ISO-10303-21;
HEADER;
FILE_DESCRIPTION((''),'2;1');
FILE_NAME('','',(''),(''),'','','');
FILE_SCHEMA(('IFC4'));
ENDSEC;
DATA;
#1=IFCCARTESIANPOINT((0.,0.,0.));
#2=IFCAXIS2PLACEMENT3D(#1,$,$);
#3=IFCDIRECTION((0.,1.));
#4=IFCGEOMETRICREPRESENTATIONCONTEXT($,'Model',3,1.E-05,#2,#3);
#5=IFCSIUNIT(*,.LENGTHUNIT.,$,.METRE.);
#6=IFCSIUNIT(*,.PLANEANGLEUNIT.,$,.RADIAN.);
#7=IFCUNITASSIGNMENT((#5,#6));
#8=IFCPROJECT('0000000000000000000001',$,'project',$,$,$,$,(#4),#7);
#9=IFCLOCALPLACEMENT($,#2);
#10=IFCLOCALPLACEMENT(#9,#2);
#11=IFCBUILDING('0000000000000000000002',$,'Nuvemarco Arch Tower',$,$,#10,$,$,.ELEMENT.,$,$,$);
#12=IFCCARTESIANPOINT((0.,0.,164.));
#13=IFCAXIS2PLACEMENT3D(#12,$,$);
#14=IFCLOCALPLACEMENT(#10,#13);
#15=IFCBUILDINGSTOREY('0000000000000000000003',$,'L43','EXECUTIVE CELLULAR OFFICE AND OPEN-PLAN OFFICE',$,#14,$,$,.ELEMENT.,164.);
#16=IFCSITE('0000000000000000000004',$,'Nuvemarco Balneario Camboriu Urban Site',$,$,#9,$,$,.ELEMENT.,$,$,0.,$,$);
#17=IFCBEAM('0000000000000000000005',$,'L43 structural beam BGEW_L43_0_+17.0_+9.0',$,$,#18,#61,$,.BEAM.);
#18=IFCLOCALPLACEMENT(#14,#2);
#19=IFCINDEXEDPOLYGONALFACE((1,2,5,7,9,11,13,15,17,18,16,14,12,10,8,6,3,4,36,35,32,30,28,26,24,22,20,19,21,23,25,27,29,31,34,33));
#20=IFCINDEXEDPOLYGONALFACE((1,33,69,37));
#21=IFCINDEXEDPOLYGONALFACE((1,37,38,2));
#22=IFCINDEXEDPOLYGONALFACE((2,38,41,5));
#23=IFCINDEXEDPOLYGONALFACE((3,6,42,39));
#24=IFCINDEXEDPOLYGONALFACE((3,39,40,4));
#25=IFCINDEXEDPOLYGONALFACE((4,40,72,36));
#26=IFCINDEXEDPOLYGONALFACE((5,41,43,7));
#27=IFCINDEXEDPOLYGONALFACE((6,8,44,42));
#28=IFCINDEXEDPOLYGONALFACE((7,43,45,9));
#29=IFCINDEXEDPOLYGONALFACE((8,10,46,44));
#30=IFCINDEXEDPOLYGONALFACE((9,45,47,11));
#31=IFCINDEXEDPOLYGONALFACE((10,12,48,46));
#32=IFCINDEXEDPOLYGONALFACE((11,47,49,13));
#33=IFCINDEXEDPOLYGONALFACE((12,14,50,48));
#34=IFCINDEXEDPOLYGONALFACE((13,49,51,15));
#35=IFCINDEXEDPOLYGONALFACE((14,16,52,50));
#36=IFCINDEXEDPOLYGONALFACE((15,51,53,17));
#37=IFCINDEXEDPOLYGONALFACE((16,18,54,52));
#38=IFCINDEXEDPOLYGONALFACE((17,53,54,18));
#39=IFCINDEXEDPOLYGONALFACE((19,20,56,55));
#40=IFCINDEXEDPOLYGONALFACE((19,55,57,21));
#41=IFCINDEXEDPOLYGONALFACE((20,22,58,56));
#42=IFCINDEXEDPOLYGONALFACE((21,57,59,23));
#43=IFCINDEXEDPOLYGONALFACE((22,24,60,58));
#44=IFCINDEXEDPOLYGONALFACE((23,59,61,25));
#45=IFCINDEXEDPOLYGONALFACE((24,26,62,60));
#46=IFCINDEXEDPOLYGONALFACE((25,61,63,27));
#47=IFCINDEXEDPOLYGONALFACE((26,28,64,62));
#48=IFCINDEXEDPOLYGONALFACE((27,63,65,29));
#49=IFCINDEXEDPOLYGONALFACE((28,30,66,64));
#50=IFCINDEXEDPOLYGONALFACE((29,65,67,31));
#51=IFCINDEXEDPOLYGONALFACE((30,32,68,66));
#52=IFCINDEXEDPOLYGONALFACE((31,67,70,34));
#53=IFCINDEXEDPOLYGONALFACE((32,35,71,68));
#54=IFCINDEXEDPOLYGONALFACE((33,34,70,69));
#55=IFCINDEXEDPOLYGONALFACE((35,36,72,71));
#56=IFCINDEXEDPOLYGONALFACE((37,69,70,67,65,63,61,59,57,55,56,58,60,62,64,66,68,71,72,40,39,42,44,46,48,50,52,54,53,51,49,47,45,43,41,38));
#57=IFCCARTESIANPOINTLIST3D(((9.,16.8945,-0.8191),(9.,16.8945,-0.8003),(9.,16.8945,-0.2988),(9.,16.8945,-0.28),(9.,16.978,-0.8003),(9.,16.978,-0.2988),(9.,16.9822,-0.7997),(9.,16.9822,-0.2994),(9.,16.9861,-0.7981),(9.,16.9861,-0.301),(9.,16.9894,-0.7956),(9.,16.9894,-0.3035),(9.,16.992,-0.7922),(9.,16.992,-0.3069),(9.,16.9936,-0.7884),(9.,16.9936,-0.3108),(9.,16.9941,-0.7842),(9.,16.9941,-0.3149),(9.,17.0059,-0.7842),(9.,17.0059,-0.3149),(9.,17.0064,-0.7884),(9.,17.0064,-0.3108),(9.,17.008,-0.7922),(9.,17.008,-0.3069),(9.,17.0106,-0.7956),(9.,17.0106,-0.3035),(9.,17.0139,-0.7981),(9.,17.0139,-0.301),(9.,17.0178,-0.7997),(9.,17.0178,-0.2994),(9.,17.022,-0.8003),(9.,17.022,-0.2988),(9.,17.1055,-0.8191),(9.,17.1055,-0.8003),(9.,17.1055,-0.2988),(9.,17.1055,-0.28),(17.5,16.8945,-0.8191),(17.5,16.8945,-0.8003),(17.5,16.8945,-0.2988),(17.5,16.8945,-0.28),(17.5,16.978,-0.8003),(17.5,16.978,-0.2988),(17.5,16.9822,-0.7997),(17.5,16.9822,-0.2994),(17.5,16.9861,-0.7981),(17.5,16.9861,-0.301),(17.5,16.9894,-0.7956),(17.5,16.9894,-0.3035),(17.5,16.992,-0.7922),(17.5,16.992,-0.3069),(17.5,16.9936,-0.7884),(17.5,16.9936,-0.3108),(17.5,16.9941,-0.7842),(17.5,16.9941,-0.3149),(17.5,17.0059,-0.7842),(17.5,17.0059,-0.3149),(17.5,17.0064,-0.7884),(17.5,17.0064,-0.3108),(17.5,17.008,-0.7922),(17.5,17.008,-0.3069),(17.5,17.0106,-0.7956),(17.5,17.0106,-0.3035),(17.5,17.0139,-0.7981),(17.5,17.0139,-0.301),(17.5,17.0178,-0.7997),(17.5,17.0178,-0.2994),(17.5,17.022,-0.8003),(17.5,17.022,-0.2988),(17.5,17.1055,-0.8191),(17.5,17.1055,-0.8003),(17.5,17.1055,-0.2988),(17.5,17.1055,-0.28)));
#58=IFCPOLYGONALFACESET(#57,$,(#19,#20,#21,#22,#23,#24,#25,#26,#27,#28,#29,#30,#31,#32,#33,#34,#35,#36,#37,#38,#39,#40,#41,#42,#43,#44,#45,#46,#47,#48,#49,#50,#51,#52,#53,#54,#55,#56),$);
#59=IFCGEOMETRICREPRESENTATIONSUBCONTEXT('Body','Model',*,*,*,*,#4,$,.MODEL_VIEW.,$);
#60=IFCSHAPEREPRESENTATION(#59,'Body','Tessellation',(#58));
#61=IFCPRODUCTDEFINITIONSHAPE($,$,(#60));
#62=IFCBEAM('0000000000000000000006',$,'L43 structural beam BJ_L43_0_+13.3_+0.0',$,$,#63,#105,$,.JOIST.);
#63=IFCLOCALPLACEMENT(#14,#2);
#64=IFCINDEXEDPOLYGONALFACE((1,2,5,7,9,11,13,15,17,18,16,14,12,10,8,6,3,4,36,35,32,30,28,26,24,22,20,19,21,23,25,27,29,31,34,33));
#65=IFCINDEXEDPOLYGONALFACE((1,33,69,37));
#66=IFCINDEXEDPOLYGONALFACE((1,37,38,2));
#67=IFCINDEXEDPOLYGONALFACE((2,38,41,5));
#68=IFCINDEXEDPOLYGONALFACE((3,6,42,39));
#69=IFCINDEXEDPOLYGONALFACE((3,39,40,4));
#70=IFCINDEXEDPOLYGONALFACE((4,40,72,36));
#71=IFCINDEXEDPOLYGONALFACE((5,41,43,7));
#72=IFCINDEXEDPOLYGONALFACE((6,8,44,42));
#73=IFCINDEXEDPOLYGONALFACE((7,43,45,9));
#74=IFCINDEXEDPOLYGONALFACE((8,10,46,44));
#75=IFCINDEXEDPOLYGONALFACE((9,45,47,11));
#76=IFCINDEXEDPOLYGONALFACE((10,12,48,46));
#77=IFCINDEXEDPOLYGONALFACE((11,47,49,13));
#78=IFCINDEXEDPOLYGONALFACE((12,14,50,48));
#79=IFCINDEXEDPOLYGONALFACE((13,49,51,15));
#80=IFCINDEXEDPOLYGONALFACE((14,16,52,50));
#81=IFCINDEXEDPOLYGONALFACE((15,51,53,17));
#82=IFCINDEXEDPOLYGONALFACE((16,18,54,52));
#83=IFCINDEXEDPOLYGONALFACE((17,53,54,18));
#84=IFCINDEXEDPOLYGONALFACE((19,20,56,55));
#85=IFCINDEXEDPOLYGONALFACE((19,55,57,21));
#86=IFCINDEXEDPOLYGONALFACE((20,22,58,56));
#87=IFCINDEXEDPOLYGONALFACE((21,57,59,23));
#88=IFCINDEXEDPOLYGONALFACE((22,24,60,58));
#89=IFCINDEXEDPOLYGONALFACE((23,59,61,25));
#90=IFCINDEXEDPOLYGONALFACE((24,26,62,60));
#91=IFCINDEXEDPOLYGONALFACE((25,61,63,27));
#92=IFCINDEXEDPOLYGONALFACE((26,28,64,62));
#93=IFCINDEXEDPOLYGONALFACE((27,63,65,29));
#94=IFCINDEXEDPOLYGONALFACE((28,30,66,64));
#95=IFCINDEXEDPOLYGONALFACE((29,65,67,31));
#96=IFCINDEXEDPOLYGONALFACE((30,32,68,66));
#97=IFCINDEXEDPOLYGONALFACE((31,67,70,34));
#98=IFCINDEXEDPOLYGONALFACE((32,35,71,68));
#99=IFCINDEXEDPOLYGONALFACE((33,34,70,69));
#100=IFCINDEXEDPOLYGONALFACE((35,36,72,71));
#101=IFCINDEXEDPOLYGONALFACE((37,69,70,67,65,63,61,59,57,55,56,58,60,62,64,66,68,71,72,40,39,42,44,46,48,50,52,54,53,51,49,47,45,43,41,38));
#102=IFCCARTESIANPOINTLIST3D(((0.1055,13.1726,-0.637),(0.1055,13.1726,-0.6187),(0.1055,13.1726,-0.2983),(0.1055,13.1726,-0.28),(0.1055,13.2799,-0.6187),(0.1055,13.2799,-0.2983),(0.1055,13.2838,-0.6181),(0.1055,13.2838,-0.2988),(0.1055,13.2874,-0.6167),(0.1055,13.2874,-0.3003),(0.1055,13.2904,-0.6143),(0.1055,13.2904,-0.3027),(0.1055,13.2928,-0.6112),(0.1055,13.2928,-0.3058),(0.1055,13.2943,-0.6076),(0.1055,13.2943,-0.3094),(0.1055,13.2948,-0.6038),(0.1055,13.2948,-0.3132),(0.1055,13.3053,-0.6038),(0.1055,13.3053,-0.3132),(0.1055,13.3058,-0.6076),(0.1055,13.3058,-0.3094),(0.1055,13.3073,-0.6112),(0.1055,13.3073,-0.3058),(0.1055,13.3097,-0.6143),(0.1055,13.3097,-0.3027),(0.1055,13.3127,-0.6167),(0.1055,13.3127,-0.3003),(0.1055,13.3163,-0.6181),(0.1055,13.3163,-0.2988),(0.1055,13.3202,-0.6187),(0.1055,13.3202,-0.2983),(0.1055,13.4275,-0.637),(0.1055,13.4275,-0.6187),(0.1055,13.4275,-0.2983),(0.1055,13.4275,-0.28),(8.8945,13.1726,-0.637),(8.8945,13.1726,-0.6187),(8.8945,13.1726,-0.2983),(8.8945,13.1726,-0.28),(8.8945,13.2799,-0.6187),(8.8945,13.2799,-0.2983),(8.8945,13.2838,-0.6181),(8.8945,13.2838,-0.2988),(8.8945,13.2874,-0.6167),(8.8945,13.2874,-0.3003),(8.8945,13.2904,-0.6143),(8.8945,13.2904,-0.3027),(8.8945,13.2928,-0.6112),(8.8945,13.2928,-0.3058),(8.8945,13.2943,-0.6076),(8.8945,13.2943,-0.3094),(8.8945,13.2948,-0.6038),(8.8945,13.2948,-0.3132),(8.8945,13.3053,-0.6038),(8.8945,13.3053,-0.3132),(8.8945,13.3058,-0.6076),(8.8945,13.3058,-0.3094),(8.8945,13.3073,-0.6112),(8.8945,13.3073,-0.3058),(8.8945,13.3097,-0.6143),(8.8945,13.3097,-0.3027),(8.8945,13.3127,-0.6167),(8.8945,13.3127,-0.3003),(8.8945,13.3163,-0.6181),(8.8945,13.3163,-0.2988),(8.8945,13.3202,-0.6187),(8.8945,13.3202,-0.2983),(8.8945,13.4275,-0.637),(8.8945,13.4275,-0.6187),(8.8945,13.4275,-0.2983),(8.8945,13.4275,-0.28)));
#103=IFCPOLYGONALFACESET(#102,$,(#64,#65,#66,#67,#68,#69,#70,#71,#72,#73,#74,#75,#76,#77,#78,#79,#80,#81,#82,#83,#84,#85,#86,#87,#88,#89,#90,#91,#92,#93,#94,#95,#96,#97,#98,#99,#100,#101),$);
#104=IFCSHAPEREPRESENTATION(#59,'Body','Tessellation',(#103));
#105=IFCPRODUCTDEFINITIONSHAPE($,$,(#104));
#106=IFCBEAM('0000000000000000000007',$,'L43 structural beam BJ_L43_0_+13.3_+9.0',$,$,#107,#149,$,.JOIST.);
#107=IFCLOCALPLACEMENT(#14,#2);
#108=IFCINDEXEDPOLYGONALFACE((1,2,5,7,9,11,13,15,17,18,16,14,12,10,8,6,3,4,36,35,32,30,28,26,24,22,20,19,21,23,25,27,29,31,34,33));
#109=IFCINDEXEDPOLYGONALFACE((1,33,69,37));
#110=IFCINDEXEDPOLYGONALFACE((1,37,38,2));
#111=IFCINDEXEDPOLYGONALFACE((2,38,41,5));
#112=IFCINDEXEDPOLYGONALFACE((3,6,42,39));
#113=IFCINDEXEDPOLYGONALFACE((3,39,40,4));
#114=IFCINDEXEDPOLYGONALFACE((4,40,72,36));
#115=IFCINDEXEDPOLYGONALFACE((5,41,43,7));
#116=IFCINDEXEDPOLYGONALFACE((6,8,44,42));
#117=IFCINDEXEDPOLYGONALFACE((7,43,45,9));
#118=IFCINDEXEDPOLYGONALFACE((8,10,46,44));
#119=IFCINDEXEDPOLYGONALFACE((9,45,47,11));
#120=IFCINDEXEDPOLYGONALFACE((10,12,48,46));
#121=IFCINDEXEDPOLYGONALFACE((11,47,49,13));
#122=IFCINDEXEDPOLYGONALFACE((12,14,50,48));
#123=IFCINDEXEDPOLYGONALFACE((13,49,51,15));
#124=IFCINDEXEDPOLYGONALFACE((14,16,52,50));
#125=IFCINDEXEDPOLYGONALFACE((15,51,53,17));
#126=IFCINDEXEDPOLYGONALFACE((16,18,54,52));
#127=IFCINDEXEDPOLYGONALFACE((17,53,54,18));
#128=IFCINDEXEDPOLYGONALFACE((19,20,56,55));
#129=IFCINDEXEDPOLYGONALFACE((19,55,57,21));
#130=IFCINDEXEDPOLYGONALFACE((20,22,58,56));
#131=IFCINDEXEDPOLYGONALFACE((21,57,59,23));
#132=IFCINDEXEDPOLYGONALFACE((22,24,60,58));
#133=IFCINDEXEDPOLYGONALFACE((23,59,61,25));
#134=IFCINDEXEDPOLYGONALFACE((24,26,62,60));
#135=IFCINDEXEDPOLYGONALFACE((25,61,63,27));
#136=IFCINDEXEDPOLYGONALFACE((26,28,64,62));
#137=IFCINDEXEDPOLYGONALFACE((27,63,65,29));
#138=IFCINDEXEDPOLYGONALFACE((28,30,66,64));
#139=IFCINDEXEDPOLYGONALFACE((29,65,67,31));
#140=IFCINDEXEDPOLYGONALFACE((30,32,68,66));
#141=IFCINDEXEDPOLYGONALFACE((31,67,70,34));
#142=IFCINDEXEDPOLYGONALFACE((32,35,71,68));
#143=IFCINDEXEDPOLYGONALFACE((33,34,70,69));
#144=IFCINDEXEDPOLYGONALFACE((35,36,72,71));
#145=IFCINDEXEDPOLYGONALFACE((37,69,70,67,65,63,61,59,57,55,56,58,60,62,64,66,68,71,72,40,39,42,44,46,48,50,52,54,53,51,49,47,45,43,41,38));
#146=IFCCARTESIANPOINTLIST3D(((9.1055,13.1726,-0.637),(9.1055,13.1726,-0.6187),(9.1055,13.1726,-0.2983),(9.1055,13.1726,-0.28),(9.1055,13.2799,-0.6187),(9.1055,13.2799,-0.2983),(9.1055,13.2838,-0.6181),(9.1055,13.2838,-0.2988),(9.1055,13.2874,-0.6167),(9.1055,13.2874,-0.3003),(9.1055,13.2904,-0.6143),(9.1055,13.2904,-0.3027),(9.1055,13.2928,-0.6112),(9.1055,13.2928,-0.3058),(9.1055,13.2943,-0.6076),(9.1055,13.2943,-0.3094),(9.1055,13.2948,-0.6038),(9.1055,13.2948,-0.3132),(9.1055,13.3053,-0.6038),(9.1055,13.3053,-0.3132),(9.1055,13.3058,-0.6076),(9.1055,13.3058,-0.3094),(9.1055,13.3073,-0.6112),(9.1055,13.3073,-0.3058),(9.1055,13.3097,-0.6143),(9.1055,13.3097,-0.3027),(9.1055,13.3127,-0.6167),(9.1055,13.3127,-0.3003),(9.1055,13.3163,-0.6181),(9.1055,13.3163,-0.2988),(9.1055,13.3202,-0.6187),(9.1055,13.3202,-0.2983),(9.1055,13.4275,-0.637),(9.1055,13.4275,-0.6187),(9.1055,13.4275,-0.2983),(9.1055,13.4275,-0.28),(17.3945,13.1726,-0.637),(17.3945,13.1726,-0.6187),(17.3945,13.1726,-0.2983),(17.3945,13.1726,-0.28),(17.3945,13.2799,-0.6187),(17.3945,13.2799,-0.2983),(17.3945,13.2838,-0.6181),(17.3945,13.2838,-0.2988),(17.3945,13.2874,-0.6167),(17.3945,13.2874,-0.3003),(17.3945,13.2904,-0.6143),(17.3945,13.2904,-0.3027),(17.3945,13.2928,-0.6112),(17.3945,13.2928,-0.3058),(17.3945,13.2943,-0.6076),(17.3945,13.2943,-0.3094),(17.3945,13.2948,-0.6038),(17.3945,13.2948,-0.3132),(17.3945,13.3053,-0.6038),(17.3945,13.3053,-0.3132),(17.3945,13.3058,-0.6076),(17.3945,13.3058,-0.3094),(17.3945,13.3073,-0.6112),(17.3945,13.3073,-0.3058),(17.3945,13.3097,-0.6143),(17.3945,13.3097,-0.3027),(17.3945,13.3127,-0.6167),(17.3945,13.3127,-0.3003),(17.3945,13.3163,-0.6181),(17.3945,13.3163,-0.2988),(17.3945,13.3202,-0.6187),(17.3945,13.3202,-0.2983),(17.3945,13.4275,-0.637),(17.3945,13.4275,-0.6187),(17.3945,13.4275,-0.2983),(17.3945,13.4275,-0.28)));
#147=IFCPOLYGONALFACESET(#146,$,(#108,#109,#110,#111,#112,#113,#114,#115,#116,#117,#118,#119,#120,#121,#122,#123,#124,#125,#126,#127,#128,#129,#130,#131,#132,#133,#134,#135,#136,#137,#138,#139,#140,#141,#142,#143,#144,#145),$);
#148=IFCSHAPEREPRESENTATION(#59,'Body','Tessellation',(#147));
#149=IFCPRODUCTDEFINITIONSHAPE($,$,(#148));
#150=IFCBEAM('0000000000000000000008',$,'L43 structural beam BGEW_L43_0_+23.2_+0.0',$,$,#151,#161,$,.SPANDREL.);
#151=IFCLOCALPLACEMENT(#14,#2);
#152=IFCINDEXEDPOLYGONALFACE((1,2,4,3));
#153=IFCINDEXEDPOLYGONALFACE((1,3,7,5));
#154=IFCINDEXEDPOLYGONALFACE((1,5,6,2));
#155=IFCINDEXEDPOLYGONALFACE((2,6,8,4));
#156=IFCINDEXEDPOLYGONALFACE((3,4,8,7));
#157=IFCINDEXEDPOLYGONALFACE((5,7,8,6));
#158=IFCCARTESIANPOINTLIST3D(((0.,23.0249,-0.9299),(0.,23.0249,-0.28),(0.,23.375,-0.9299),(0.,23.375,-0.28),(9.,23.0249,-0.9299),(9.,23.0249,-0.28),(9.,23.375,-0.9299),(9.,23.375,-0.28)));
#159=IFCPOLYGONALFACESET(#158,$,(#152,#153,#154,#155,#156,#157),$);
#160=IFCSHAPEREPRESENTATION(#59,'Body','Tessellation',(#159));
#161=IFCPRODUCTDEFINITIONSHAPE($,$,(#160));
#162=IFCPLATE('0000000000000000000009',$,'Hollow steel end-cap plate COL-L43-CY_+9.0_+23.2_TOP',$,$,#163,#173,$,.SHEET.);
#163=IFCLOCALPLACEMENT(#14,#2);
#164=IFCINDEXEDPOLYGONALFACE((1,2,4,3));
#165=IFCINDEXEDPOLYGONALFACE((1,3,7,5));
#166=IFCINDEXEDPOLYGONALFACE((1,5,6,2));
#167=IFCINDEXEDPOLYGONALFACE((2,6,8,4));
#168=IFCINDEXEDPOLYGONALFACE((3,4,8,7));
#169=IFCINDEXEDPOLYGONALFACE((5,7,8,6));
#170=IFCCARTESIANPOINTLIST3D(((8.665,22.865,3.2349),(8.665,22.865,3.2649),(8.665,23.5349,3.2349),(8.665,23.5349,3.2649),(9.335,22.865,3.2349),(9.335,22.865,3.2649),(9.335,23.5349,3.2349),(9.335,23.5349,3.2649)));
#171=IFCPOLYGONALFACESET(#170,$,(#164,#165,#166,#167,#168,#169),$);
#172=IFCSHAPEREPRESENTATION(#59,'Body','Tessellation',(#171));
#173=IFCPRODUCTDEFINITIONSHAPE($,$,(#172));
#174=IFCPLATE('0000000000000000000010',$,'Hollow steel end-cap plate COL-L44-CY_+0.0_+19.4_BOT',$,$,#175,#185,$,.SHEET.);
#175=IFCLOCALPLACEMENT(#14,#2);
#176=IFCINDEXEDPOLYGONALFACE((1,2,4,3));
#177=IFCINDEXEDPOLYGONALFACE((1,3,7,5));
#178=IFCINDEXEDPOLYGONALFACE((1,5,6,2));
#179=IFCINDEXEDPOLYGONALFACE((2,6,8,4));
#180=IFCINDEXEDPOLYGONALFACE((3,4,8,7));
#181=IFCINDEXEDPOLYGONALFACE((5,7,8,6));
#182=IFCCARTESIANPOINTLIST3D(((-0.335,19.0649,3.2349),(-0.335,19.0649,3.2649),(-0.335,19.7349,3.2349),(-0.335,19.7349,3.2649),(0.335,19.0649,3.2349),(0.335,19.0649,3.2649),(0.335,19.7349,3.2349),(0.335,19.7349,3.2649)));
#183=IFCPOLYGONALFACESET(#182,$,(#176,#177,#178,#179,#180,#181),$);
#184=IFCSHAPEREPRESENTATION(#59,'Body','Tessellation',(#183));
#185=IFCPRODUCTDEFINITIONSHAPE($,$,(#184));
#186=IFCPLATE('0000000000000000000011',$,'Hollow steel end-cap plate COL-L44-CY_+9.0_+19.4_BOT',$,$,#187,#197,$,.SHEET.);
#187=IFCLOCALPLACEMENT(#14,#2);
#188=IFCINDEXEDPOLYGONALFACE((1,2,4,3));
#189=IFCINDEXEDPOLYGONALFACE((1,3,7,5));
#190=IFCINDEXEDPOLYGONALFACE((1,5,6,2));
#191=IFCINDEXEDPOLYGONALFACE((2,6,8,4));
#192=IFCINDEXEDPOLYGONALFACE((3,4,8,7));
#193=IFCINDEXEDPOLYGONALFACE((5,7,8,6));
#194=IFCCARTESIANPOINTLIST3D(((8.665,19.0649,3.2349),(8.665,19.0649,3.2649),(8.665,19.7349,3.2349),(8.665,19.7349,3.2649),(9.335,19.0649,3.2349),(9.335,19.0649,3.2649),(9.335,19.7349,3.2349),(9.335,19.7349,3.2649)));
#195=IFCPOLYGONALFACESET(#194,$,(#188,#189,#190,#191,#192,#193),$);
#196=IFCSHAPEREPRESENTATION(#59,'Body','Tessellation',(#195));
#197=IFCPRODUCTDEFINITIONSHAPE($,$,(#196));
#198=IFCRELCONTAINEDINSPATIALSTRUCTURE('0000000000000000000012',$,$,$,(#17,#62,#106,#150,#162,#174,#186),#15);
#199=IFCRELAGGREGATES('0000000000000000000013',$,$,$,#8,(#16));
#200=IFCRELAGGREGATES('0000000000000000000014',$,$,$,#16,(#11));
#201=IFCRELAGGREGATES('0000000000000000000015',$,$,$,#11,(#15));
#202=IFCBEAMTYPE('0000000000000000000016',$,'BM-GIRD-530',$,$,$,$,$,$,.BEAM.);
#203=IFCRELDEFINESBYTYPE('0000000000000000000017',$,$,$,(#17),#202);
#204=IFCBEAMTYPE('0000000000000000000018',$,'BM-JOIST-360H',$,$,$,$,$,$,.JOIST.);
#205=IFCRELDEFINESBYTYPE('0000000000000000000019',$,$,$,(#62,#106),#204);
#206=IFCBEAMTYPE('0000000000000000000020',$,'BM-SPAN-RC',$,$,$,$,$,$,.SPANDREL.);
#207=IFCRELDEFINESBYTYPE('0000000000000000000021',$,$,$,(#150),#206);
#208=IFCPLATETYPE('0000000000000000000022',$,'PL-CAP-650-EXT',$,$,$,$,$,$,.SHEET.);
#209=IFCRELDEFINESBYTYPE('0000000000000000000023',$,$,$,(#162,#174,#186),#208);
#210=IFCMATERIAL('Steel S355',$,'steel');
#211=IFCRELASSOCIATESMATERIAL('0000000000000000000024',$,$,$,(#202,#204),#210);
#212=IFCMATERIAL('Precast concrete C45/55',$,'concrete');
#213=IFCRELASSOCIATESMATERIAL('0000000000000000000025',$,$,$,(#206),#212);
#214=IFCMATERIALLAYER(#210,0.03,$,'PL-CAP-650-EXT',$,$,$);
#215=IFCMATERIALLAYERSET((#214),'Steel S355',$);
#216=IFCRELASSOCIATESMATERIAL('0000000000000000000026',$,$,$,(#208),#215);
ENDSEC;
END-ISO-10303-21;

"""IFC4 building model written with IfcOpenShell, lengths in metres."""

from ifc_helpers import new_model, si_unit, direction, frame, origin, origin_2d, place, context, subcontext, project, spatial, rectangle, i_section, extrude, source, transform, mapped, material, layer, layer_set, material_profile, profile_set, type_object, type_shapes, element, save


model = new_model("IFC4")

# Units and contexts
model_context = context("Model", 3, precision=1e-05, world=origin(), true_north=direction((0.0, 1.0)))
body_context = subcontext(model_context, "Body", "Model", "MODEL_VIEW")
ifc_project = project(units=[si_unit("LENGTHUNIT", "METRE"), si_unit("PLANEANGLEUNIT", "RADIAN")], contexts=[model_context])

# Site, building, storey
site_placement = place(None, origin())
site = spatial("IfcSite", under=ifc_project, at=site_placement, Name="Nuvemarco Balneario Camboriu Urban Site", CompositionType="ELEMENT", RefElevation=0.0)
building_placement = place(site_placement, origin())
building = spatial("IfcBuilding", under=site, at=building_placement, Name="Nuvemarco Arch Tower", CompositionType="ELEMENT")
storey_placement = place(building_placement, frame((0.0, 0.0, 164.0)))
storey = spatial("IfcBuildingStorey", under=building, at=storey_placement, Name="L43", Description="EXECUTIVE CELLULAR OFFICE AND OPEN-PLAN OFFICE", CompositionType="ELEMENT", Elevation=164.0)

# Shared definitions
ifc_material_1 = material(Name="Steel S355", Category="steel")

# Beams
ifc_material_profile_1 = material_profile(ifc_material_1, i_section(OverallWidth=0.2109, OverallDepth=0.5391, WebThickness=0.0117, FlangeThickness=0.0188, FilletRadius=0.0161, at=origin_2d()), Name="W530x109")
ifc_profile_set_1 = profile_set([ifc_material_profile_1], Name="Steel S355")
beam_type_1 = type_object("IfcBeamType", Name="BM-GIRD-530", PredefinedType="BEAM", material=ifc_profile_set_1)
beam_1_placement = place(storey_placement, frame((9.0, 17.0, -0.5496), z_axis=(1.0, 0.0, 0.0), x_axis=(0.0, 1.0, 0.0)))
element("IfcBeam", 1, at=beam_1_placement, inside=storey, type_object=beam_type_1, Name="L43 structural beam BGEW_L43_0_+17.0_+9.0", PredefinedType="BEAM", context=body_context, shape_type="SweptSolid", body=[
    extrude(i_section(OverallWidth=0.2109, OverallDepth=0.5391, WebThickness=0.0117, FlangeThickness=0.0188, FilletRadius=0.0161, at=origin_2d()), origin(), (0.0, 0.0, 1.0), 8.5),
])
ifc_material_profile_2 = material_profile(ifc_material_1, i_section(OverallWidth=0.2549, OverallDepth=0.3569, WebThickness=0.0105, FlangeThickness=0.0183, FilletRadius=0.0149, at=origin_2d()), Name="W360x101")
ifc_profile_set_2 = profile_set([ifc_material_profile_2], Name="Steel S355")
beam_type_2 = type_object("IfcBeamType", Name="BM-JOIST-360H", PredefinedType="JOIST", material=ifc_profile_set_2)
beam_2_placement = place(storey_placement, frame((0.1055, 13.3, -0.4585), z_axis=(1.0, 0.0, 0.0), x_axis=(0.0, 1.0, 0.0)))
element("IfcBeam", 2, at=beam_2_placement, inside=storey, type_object=beam_type_2, Name="L43 structural beam BJ_L43_0_+13.3_+0.0", PredefinedType="JOIST", context=body_context, shape_type="SweptSolid", body=[
    extrude(i_section(OverallWidth=0.2549, OverallDepth=0.3569, WebThickness=0.0105, FlangeThickness=0.0183, FilletRadius=0.0149, at=origin_2d()), origin(), (0.0, 0.0, 1.0), 8.7891),
])
beam_3_placement = place(storey_placement, frame((9.1055, 13.3, -0.4585), z_axis=(1.0, 0.0, 0.0), x_axis=(0.0, 1.0, 0.0)))
element("IfcBeam", 3, at=beam_3_placement, inside=storey, type_object=beam_type_2, Name="L43 structural beam BJ_L43_0_+13.3_+9.0", PredefinedType="JOIST", context=body_context, shape_type="SweptSolid", body=[
    extrude(i_section(OverallWidth=0.2549, OverallDepth=0.3569, WebThickness=0.0105, FlangeThickness=0.0183, FilletRadius=0.0149, at=origin_2d()), origin(), (0.0, 0.0, 1.0), 8.2891),
])
ifc_material_2 = material(Name="Precast concrete C45/55", Category="concrete")
ifc_material_profile_3 = material_profile(ifc_material_2, rectangle(XDim=0.3501, YDim=0.6499, at=origin_2d()), Name="PC-SP-350x650")
ifc_profile_set_3 = profile_set([ifc_material_profile_3], Name="Precast concrete C45/55")
beam_type_3 = type_object("IfcBeamType", Name="BM-SPAN-RC", PredefinedType="SPANDREL", material=ifc_profile_set_3)
beam_4_placement = place(storey_placement, frame((0.0, 23.2, -0.605), z_axis=(1.0, 0.0, 0.0), x_axis=(0.0, 1.0, 0.0)))
element("IfcBeam", 4, at=beam_4_placement, inside=storey, type_object=beam_type_3, Name="L43 structural beam BGEW_L43_0_+23.2_+0.0", PredefinedType="SPANDREL", context=body_context, shape_type="SweptSolid", body=[
    extrude(rectangle(XDim=0.3501, YDim=0.6499, at=origin_2d()), origin(), (0.0, 0.0, 1.0), 9.0),
])

# Plates
ifc_layer_1 = layer(ifc_material_1, 0.03, Name="PL-CAP-650-EXT")
ifc_layer_set_1 = layer_set([ifc_layer_1], Name="Steel S355")
plate_type_1 = type_object("IfcPlateType", Name="PL-CAP-650-EXT", PredefinedType="SHEET", material=ifc_layer_set_1)
shared_shape_1 = source(origin(), body_context, "Body", "SweptSolid", [
    extrude(rectangle(XDim=0.6699, YDim=0.6699, at=origin_2d()), origin(), (0.0, 0.0, 1.0), 0.03),
])
type_shapes(plate_type_1, [shared_shape_1])
for number, where, z_axis, x_axis, name in (
    (5, (9.0, 23.2, 3.2349), (0.0, 0.0, 1.0), (1.0, 0.0, 0.0), "Hollow steel end-cap plate COL-L43-CY_+9.0_+23.2_TOP"),
    (6, (0.0, 19.3999, 3.2349), (0.0, 0.0, 1.0), (1.0, 0.0, 0.0), "Hollow steel end-cap plate COL-L44-CY_+0.0_+19.4_BOT"),
    (7, (9.0, 19.3999, 3.2349), (0.0, 0.0, 1.0), (1.0, 0.0, 0.0), "Hollow steel end-cap plate COL-L44-CY_+9.0_+19.4_BOT"),
):
    element("IfcPlate", number, at=place(storey_placement, frame(where, z_axis=z_axis, x_axis=x_axis)), inside=storey, type_object=plate_type_1, Name=name, PredefinedType="SHEET", context=body_context, shape_type="MappedRepresentation", body=[
        mapped(shared_shape_1, transform((0.0, 0.0, 0.0), scale=1.0)),
    ])

save(model, "model.ifc")
